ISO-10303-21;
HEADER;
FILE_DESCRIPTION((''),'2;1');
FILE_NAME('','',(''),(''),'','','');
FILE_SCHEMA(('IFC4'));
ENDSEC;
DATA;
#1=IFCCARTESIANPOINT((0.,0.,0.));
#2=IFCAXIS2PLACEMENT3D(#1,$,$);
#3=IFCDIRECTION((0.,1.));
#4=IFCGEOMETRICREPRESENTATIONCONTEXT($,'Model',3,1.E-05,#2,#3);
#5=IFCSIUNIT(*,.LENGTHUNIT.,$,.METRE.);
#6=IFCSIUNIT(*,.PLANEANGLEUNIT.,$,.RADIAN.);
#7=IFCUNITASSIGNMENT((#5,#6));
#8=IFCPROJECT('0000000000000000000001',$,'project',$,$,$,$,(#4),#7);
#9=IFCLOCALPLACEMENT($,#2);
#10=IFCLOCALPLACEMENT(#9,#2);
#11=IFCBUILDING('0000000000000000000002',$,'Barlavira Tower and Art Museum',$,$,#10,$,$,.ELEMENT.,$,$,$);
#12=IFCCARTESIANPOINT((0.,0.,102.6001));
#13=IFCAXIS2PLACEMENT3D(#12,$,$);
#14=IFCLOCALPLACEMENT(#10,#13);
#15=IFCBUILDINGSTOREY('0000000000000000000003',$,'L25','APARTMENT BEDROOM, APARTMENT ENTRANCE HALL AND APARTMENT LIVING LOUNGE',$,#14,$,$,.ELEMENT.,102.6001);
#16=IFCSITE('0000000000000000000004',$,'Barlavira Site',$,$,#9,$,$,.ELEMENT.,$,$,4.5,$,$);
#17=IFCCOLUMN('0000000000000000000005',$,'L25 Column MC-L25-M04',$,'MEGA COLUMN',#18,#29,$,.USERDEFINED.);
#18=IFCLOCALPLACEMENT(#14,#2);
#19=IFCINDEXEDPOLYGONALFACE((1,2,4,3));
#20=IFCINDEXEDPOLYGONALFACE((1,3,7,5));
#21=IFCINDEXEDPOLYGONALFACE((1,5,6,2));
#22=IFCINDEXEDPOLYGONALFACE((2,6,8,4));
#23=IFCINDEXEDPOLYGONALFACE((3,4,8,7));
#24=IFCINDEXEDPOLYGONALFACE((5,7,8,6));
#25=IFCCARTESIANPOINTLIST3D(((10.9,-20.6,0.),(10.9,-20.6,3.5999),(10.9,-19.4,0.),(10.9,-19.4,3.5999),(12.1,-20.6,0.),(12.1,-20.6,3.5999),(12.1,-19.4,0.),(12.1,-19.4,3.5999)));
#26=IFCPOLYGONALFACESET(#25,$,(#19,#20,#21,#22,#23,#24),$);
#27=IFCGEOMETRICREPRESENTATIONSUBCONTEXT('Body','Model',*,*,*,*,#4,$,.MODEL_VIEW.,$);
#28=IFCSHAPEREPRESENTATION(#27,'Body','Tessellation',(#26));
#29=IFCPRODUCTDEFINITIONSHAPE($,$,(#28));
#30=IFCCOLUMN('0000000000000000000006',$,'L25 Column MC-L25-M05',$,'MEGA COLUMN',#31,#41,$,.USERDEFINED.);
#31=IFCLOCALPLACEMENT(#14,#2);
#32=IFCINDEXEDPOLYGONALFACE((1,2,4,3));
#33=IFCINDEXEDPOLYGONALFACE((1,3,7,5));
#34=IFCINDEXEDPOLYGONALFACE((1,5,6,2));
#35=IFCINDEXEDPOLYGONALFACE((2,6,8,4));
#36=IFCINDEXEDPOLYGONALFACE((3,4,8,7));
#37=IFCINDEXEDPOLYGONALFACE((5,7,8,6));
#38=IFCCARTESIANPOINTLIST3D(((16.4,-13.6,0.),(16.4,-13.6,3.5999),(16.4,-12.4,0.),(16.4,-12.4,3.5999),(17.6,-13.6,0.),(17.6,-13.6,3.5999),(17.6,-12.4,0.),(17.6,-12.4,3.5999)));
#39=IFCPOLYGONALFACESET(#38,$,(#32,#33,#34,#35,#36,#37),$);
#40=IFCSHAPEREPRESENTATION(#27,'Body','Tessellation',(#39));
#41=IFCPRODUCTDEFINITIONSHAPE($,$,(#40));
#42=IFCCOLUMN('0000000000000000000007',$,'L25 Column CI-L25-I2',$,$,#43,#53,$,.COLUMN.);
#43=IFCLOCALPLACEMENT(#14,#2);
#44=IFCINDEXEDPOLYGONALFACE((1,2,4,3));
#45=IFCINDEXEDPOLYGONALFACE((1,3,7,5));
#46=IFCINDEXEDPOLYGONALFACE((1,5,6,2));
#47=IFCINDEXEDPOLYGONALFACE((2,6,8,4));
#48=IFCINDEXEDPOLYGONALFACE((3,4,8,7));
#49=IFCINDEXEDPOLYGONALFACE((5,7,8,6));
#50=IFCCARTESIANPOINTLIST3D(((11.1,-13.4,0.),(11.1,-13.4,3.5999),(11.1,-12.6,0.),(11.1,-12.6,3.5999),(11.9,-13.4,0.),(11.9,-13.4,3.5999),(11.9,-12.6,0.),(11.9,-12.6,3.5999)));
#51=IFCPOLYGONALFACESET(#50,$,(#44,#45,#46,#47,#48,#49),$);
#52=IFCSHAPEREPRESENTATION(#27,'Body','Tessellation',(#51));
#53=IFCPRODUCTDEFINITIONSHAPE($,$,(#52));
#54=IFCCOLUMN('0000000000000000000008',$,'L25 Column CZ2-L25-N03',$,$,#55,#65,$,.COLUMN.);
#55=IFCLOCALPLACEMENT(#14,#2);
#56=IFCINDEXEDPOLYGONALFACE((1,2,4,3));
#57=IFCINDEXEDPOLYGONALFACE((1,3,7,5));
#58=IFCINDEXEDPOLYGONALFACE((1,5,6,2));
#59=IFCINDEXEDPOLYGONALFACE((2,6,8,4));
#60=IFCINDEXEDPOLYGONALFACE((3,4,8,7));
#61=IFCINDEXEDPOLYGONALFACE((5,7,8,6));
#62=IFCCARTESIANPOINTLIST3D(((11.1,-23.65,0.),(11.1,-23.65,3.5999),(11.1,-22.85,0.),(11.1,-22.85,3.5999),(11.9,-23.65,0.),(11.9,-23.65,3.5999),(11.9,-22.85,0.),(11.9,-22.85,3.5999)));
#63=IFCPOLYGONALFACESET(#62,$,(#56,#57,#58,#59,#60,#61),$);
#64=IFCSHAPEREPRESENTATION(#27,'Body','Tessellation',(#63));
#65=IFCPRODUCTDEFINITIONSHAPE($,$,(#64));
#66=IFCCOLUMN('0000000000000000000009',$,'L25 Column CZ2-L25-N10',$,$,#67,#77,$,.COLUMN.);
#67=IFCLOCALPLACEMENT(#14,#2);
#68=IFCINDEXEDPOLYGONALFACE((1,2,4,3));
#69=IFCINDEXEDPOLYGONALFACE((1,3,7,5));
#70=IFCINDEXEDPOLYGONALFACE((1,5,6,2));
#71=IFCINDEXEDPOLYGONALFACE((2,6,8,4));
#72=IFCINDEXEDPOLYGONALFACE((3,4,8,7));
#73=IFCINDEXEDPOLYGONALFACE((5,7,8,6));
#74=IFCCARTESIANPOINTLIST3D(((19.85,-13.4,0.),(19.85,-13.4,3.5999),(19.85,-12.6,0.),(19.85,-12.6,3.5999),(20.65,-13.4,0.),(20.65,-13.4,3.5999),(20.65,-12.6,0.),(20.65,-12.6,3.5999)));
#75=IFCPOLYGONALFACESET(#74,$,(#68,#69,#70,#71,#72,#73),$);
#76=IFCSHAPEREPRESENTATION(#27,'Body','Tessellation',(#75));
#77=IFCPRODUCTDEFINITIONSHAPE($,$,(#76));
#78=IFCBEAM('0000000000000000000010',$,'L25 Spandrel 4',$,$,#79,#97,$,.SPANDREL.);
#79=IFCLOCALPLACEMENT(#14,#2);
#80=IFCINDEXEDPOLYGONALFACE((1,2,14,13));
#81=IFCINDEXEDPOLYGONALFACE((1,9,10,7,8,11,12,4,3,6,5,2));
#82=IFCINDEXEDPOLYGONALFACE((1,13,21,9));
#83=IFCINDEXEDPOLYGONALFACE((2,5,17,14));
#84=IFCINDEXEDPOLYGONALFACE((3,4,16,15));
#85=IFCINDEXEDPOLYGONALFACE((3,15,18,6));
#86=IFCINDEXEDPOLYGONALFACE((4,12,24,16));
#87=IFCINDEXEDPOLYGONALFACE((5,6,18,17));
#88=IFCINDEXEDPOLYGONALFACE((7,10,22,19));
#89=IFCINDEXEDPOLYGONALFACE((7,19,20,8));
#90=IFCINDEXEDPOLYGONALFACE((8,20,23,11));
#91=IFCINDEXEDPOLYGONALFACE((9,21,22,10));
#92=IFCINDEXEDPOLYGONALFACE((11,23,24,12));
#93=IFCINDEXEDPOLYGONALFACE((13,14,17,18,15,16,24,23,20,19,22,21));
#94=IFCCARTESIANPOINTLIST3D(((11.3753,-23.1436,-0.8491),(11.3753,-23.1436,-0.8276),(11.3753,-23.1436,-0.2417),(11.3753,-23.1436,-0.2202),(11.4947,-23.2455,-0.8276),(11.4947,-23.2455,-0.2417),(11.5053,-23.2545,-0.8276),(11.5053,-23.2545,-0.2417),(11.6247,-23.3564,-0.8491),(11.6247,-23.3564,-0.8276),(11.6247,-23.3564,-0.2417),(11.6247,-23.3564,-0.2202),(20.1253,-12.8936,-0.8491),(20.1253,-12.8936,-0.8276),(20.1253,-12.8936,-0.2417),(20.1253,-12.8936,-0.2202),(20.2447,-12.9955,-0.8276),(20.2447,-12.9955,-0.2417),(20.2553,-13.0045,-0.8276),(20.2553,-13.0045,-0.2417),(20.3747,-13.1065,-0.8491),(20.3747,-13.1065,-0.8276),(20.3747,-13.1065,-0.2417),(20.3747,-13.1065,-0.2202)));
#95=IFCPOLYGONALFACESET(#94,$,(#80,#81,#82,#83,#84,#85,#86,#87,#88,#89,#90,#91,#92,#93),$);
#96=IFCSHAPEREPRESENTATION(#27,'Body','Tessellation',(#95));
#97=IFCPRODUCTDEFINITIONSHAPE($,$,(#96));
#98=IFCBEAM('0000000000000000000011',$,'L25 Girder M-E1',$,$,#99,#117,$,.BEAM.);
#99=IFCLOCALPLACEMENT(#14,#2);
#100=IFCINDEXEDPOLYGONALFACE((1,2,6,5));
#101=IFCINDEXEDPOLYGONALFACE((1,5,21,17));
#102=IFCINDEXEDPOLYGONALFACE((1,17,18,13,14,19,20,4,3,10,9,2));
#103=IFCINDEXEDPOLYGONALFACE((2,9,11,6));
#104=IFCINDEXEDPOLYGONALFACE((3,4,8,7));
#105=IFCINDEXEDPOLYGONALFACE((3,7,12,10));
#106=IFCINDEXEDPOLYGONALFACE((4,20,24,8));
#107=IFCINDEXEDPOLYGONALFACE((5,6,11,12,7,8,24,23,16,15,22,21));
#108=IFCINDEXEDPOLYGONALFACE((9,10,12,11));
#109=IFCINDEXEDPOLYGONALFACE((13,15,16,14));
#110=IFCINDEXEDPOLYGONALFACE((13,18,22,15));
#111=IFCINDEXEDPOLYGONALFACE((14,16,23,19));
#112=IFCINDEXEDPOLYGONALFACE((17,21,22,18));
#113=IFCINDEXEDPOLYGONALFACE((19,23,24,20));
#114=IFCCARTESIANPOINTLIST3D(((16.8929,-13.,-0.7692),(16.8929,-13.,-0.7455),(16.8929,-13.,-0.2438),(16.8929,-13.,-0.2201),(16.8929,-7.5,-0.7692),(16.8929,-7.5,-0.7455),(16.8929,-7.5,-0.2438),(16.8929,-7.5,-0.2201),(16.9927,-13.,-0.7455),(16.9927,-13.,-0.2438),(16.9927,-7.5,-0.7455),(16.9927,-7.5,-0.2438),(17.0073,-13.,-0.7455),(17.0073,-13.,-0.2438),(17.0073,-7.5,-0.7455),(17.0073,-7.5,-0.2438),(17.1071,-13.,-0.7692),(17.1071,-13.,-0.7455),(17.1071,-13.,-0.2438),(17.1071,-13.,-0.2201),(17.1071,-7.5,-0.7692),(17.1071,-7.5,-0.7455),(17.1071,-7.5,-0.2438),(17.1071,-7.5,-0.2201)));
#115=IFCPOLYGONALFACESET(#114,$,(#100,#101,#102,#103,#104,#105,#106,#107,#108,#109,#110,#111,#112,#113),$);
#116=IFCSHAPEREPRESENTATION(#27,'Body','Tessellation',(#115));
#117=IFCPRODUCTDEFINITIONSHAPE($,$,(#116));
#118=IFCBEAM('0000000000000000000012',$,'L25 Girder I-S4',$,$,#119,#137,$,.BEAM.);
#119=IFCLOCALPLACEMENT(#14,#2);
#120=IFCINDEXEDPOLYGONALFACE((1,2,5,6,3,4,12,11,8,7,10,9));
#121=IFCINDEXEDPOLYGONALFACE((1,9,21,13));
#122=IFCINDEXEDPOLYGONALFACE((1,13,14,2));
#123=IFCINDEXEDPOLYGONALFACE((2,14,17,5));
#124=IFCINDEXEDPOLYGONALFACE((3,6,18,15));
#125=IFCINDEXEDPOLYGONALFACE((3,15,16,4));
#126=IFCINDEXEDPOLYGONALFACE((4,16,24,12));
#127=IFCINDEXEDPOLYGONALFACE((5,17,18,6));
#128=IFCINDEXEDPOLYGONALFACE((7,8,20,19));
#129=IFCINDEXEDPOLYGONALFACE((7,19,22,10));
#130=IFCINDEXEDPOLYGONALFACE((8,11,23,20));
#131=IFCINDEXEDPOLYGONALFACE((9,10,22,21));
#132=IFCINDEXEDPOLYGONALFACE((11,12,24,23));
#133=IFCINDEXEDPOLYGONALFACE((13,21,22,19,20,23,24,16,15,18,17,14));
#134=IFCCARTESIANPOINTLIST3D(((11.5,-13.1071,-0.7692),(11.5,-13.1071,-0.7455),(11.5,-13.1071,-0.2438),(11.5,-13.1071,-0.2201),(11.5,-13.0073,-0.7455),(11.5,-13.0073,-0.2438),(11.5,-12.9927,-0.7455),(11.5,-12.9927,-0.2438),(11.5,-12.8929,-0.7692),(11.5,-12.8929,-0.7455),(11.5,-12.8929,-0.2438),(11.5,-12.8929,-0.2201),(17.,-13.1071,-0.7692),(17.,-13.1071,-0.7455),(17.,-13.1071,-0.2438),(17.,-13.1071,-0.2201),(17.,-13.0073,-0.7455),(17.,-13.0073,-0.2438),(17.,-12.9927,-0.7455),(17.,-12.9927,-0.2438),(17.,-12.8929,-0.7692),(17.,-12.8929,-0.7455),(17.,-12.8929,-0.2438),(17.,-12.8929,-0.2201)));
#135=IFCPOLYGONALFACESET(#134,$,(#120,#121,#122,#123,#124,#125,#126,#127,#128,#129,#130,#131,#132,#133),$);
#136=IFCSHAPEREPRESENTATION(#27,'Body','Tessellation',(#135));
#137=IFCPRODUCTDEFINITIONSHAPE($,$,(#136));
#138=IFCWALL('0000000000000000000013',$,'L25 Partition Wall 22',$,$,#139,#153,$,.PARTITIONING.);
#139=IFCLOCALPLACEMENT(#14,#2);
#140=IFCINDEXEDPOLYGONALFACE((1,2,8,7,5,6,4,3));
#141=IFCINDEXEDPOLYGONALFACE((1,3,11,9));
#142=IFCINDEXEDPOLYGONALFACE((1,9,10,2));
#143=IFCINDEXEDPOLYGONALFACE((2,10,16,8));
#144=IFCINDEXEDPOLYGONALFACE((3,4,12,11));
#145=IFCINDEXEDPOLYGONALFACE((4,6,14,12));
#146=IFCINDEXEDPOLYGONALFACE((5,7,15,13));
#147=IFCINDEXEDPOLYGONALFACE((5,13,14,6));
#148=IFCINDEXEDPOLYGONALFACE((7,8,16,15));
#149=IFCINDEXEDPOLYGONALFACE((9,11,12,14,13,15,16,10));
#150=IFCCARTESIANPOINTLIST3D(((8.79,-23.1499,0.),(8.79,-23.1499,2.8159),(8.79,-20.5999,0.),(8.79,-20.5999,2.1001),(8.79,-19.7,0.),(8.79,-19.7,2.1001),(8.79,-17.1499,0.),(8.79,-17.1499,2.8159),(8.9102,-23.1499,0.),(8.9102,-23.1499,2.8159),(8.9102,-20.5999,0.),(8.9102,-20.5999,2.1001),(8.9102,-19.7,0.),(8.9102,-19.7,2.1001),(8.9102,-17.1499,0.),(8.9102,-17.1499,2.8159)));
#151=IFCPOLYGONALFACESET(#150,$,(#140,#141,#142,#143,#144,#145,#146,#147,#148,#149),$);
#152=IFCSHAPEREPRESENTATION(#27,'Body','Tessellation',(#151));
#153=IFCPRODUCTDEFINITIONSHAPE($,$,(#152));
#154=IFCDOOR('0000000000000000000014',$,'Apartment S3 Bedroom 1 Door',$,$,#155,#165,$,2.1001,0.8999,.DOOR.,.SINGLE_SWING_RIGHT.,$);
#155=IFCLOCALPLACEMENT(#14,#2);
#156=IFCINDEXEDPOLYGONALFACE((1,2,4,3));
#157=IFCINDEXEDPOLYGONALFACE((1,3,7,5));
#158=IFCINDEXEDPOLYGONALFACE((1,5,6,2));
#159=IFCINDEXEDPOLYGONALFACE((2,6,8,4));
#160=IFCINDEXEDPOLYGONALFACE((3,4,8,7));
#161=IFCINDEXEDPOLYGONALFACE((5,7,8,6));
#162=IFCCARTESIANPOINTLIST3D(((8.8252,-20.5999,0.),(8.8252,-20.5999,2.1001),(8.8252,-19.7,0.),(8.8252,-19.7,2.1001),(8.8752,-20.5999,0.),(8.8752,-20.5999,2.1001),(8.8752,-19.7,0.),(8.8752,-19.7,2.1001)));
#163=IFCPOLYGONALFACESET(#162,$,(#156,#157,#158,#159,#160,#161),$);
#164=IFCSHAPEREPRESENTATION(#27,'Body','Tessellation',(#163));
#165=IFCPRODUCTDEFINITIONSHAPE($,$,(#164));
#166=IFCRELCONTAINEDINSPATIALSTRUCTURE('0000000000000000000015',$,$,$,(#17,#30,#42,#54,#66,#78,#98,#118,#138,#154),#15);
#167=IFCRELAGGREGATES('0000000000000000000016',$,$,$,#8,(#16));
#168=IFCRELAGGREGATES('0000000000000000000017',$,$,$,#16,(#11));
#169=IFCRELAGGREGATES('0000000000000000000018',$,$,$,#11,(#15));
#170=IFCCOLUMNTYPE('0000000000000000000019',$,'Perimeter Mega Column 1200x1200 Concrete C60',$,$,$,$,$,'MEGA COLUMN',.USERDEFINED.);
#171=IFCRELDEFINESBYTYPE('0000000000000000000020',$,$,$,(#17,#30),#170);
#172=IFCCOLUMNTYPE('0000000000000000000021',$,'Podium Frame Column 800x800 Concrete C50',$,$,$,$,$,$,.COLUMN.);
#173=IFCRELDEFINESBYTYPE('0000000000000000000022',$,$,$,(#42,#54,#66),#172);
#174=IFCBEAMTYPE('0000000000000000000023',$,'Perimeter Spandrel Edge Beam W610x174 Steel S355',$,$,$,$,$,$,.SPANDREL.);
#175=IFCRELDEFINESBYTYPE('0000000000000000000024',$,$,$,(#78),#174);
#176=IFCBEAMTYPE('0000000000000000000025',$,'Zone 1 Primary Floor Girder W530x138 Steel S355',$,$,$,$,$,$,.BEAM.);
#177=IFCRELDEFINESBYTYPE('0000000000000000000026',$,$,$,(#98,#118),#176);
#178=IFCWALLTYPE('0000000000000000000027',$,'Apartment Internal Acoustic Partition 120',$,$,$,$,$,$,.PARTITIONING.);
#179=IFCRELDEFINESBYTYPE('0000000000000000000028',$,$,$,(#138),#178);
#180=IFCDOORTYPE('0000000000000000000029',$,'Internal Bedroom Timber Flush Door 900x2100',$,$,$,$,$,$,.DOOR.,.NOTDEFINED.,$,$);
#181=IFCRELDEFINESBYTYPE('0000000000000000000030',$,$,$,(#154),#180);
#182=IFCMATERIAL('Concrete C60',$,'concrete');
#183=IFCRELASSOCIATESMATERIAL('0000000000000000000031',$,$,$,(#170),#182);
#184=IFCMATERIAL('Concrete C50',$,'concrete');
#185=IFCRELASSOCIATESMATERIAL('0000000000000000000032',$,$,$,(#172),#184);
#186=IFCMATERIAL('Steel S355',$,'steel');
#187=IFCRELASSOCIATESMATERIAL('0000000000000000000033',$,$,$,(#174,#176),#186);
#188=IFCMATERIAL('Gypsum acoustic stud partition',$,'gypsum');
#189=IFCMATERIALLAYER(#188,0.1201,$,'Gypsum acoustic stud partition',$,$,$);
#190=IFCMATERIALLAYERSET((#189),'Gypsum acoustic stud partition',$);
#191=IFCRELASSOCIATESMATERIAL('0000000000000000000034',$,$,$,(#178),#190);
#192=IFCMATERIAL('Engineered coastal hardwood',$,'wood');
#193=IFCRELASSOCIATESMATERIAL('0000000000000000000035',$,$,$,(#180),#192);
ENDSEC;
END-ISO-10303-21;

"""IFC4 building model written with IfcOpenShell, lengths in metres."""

from ifc_helpers import new_model, si_unit, direction, frame, frame_2d, origin, origin_2d, place, context, subcontext, project, spatial, rectangle, i_section, extrude, material, layer, layer_set, material_profile, profile_set, type_object, element, fill, save


model = new_model("IFC4")

# Units and contexts
model_context = context("Model", 3, precision=1e-05, world=origin(), true_north=direction((0.0, 1.0)))
body_context = subcontext(model_context, "Body", "Model", "MODEL_VIEW")
ifc_project = project(units=[si_unit("LENGTHUNIT", "METRE"), si_unit("PLANEANGLEUNIT", "RADIAN")], contexts=[model_context])

# Site, building, storey
site_placement = place(None, origin())
site = spatial("IfcSite", under=ifc_project, at=site_placement, Name="Barlavira Site", CompositionType="ELEMENT", RefElevation=4.5)
building_placement = place(site_placement, origin())
building = spatial("IfcBuilding", under=site, at=building_placement, Name="Barlavira Tower and Art Museum", CompositionType="ELEMENT")
storey_placement = place(building_placement, frame((0.0, 0.0, 102.6001)))
storey = spatial("IfcBuildingStorey", under=building, at=storey_placement, Name="L25", Description="APARTMENT BEDROOM, APARTMENT ENTRANCE HALL AND APARTMENT LIVING LOUNGE", CompositionType="ELEMENT", Elevation=102.6001)

# Columns
ifc_material_1 = material(Name="Concrete C60", Category="concrete")
ifc_material_profile_1 = material_profile(ifc_material_1, rectangle(XDim=1.2, YDim=1.2, at=origin_2d()), Name="RC-COL 1200x1200")
ifc_profile_set_1 = profile_set([ifc_material_profile_1], Name="Concrete C60")
column_type_1 = type_object("IfcColumnType", Name="Perimeter Mega Column 1200x1200 Concrete C60", ElementType="MEGA COLUMN", PredefinedType="USERDEFINED", material=ifc_profile_set_1)
for number, where, z_axis, x_axis, name in (
    (1, (11.5, -20.0, 0.0), (0.0, 0.0, 1.0), (1.0, 0.0, 0.0), "L25 Column MC-L25-M04"),
    (2, (17.0, -13.0, 0.0), (0.0, 0.0, 1.0), (1.0, 0.0, 0.0), "L25 Column MC-L25-M05"),
):
    element("IfcColumn", number, at=place(storey_placement, frame(where, z_axis=z_axis, x_axis=x_axis)), inside=storey, type_object=column_type_1, Name=name, ObjectType="MEGA COLUMN", PredefinedType="USERDEFINED", context=body_context, shape_type="SweptSolid", body=[
        extrude(rectangle(XDim=1.2, YDim=1.2, at=origin_2d()), origin(), (0.0, 0.0, 1.0), 3.5999),
    ])
ifc_material_2 = material(Name="Concrete C50", Category="concrete")
ifc_material_profile_2 = material_profile(ifc_material_2, rectangle(XDim=0.8, YDim=0.8, at=origin_2d()), Name="RC-COL 800x800")
ifc_profile_set_2 = profile_set([ifc_material_profile_2], Name="Concrete C50")
column_type_2 = type_object("IfcColumnType", Name="Podium Frame Column 800x800 Concrete C50", PredefinedType="COLUMN", material=ifc_profile_set_2)
for number, where, z_axis, x_axis, name in (
    (3, (11.5, -13.0, 0.0), (0.0, 0.0, 1.0), (1.0, 0.0, 0.0), "L25 Column CI-L25-I2"),
    (4, (11.5, -23.25, 0.0), (0.0, 0.0, 1.0), (1.0, 0.0, 0.0), "L25 Column CZ2-L25-N03"),
    (5, (20.25, -13.0, 0.0), (0.0, 0.0, 1.0), (1.0, 0.0, 0.0), "L25 Column CZ2-L25-N10"),
):
    element("IfcColumn", number, at=place(storey_placement, frame(where, z_axis=z_axis, x_axis=x_axis)), inside=storey, type_object=column_type_2, Name=name, PredefinedType="COLUMN", context=body_context, shape_type="SweptSolid", body=[
        extrude(rectangle(XDim=0.8, YDim=0.8, at=origin_2d()), origin(), (0.0, 0.0, 1.0), 3.5999),
    ])

# Beams
ifc_material_3 = material(Name="Steel S355", Category="steel")
ifc_material_profile_3 = material_profile(ifc_material_3, i_section(OverallWidth=0.3279, OverallDepth=0.6289, WebThickness=0.0139, FlangeThickness=0.0215, at=origin_2d()), Name="W610x174.0")
ifc_profile_set_3 = profile_set([ifc_material_profile_3], Name="Steel S355")
beam_type_1 = type_object("IfcBeamType", Name="Perimeter Spandrel Edge Beam W610x174 Steel S355", PredefinedType="SPANDREL", material=ifc_profile_set_3)
beam_placement = place(storey_placement, frame((11.5, -23.25, -0.5347), z_axis=(0.649262, 0.760565, 0.0), x_axis=(-0.760565, 0.649262, 0.0)))
element("IfcBeam", 6, at=beam_placement, inside=storey, type_object=beam_type_1, Name="L25 Spandrel 4", PredefinedType="SPANDREL", context=body_context, shape_type="SweptSolid", body=[
    extrude(i_section(OverallWidth=0.3279, OverallDepth=0.6289, WebThickness=0.0139, FlangeThickness=0.0215, at=origin_2d()), origin(), (0.0, 0.0, 1.0), 13.4768),
])
ifc_material_profile_4 = material_profile(ifc_material_3, i_section(OverallWidth=0.2141, OverallDepth=0.5491, WebThickness=0.0146, FlangeThickness=0.0237, at=origin_2d()), Name="W530x138.0")
ifc_profile_set_4 = profile_set([ifc_material_profile_4], Name="Steel S355")
beam_type_2 = type_object("IfcBeamType", Name="Zone 1 Primary Floor Girder W530x138 Steel S355", PredefinedType="BEAM", material=ifc_profile_set_4)
for number, where, z_axis, x_axis, name in (
    (7, (17.0, -13.0, -0.4946), (0.0, 1.0, 0.0), (-1.0, 0.0, 0.0), "L25 Girder M-E1"),
    (8, (11.5, -13.0, -0.4946), (1.0, 0.0, 0.0), (0.0, 1.0, 0.0), "L25 Girder I-S4"),
):
    element("IfcBeam", number, at=place(storey_placement, frame(where, z_axis=z_axis, x_axis=x_axis)), inside=storey, type_object=beam_type_2, Name=name, PredefinedType="BEAM", context=body_context, shape_type="SweptSolid", body=[
        extrude(i_section(OverallWidth=0.2141, OverallDepth=0.5491, WebThickness=0.0146, FlangeThickness=0.0237, at=origin_2d()), origin(), (0.0, 0.0, 1.0), 5.5),
    ])

# Wall, opening, door
ifc_material_4 = material(Name="Gypsum acoustic stud partition", Category="gypsum")
ifc_layer_1 = layer(ifc_material_4, 0.1201, Name="Gypsum acoustic stud partition")
ifc_layer_set_1 = layer_set([ifc_layer_1], Name="Gypsum acoustic stud partition")
wall_type_1 = type_object("IfcWallType", Name="Apartment Internal Acoustic Partition 120", PredefinedType="PARTITIONING", material=ifc_layer_set_1)
wall_1_placement = place(storey_placement, frame((8.8501, -23.1499, 0.0), z_axis=(0.0, 0.0, 1.0), x_axis=(0.0, 1.0, 0.0)))
wall_1 = element("IfcWall", 9, at=wall_1_placement, inside=storey, type_object=wall_type_1, Name="L25 Partition Wall 22", PredefinedType="PARTITIONING", context=body_context, shape_type="SweptSolid", body=[
    extrude(rectangle(XDim=6.0, YDim=0.1201, at=frame_2d((3.0, 0.0))), origin(), (0.0, 0.0, 1.0), 2.8159),
])
opening_1_placement = place(wall_1_placement, frame((2.55, 0.0, 0.0)))
opening_1 = element("IfcOpeningElement", 10, at=opening_1_placement, cuts=wall_1, PredefinedType="OPENING", context=body_context, shape_type="SweptSolid", body=[
    extrude(rectangle(XDim=0.8999, YDim=2.1001, at=frame_2d((0.45, 1.05))), frame((0.0, 0.0701, 0.0), z_axis=(0.0, -1.0, 0.0), x_axis=(1.0, 0.0, 0.0)), (0.0, 0.0, 1.0), 0.1401),
])
ifc_material_5 = material(Name="Engineered coastal hardwood", Category="wood")
door_type_1 = type_object("IfcDoorType", Name="Internal Bedroom Timber Flush Door 900x2100", OperationType="NOTDEFINED", PredefinedType="DOOR", material=ifc_material_5)
door_1_placement = place(opening_1_placement, origin())
door_1 = element("IfcDoor", 11, at=door_1_placement, inside=storey, type_object=door_type_1, Name="Apartment S3 Bedroom 1 Door", OperationType="SINGLE_SWING_RIGHT", OverallHeight=2.1001, OverallWidth=0.8999, PredefinedType="DOOR", context=body_context, shape_type="SweptSolid", body=[
    extrude(rectangle(XDim=0.8999, YDim=2.1001, at=frame_2d((0.45, 1.05))), frame((0.0, 0.0249, 0.0), z_axis=(0.0, -1.0, 0.0), x_axis=(1.0, 0.0, 0.0)), (0.0, 0.0, 1.0), 0.05),
])
fill(opening_1, door_1)

save(model, "model.ifc")
